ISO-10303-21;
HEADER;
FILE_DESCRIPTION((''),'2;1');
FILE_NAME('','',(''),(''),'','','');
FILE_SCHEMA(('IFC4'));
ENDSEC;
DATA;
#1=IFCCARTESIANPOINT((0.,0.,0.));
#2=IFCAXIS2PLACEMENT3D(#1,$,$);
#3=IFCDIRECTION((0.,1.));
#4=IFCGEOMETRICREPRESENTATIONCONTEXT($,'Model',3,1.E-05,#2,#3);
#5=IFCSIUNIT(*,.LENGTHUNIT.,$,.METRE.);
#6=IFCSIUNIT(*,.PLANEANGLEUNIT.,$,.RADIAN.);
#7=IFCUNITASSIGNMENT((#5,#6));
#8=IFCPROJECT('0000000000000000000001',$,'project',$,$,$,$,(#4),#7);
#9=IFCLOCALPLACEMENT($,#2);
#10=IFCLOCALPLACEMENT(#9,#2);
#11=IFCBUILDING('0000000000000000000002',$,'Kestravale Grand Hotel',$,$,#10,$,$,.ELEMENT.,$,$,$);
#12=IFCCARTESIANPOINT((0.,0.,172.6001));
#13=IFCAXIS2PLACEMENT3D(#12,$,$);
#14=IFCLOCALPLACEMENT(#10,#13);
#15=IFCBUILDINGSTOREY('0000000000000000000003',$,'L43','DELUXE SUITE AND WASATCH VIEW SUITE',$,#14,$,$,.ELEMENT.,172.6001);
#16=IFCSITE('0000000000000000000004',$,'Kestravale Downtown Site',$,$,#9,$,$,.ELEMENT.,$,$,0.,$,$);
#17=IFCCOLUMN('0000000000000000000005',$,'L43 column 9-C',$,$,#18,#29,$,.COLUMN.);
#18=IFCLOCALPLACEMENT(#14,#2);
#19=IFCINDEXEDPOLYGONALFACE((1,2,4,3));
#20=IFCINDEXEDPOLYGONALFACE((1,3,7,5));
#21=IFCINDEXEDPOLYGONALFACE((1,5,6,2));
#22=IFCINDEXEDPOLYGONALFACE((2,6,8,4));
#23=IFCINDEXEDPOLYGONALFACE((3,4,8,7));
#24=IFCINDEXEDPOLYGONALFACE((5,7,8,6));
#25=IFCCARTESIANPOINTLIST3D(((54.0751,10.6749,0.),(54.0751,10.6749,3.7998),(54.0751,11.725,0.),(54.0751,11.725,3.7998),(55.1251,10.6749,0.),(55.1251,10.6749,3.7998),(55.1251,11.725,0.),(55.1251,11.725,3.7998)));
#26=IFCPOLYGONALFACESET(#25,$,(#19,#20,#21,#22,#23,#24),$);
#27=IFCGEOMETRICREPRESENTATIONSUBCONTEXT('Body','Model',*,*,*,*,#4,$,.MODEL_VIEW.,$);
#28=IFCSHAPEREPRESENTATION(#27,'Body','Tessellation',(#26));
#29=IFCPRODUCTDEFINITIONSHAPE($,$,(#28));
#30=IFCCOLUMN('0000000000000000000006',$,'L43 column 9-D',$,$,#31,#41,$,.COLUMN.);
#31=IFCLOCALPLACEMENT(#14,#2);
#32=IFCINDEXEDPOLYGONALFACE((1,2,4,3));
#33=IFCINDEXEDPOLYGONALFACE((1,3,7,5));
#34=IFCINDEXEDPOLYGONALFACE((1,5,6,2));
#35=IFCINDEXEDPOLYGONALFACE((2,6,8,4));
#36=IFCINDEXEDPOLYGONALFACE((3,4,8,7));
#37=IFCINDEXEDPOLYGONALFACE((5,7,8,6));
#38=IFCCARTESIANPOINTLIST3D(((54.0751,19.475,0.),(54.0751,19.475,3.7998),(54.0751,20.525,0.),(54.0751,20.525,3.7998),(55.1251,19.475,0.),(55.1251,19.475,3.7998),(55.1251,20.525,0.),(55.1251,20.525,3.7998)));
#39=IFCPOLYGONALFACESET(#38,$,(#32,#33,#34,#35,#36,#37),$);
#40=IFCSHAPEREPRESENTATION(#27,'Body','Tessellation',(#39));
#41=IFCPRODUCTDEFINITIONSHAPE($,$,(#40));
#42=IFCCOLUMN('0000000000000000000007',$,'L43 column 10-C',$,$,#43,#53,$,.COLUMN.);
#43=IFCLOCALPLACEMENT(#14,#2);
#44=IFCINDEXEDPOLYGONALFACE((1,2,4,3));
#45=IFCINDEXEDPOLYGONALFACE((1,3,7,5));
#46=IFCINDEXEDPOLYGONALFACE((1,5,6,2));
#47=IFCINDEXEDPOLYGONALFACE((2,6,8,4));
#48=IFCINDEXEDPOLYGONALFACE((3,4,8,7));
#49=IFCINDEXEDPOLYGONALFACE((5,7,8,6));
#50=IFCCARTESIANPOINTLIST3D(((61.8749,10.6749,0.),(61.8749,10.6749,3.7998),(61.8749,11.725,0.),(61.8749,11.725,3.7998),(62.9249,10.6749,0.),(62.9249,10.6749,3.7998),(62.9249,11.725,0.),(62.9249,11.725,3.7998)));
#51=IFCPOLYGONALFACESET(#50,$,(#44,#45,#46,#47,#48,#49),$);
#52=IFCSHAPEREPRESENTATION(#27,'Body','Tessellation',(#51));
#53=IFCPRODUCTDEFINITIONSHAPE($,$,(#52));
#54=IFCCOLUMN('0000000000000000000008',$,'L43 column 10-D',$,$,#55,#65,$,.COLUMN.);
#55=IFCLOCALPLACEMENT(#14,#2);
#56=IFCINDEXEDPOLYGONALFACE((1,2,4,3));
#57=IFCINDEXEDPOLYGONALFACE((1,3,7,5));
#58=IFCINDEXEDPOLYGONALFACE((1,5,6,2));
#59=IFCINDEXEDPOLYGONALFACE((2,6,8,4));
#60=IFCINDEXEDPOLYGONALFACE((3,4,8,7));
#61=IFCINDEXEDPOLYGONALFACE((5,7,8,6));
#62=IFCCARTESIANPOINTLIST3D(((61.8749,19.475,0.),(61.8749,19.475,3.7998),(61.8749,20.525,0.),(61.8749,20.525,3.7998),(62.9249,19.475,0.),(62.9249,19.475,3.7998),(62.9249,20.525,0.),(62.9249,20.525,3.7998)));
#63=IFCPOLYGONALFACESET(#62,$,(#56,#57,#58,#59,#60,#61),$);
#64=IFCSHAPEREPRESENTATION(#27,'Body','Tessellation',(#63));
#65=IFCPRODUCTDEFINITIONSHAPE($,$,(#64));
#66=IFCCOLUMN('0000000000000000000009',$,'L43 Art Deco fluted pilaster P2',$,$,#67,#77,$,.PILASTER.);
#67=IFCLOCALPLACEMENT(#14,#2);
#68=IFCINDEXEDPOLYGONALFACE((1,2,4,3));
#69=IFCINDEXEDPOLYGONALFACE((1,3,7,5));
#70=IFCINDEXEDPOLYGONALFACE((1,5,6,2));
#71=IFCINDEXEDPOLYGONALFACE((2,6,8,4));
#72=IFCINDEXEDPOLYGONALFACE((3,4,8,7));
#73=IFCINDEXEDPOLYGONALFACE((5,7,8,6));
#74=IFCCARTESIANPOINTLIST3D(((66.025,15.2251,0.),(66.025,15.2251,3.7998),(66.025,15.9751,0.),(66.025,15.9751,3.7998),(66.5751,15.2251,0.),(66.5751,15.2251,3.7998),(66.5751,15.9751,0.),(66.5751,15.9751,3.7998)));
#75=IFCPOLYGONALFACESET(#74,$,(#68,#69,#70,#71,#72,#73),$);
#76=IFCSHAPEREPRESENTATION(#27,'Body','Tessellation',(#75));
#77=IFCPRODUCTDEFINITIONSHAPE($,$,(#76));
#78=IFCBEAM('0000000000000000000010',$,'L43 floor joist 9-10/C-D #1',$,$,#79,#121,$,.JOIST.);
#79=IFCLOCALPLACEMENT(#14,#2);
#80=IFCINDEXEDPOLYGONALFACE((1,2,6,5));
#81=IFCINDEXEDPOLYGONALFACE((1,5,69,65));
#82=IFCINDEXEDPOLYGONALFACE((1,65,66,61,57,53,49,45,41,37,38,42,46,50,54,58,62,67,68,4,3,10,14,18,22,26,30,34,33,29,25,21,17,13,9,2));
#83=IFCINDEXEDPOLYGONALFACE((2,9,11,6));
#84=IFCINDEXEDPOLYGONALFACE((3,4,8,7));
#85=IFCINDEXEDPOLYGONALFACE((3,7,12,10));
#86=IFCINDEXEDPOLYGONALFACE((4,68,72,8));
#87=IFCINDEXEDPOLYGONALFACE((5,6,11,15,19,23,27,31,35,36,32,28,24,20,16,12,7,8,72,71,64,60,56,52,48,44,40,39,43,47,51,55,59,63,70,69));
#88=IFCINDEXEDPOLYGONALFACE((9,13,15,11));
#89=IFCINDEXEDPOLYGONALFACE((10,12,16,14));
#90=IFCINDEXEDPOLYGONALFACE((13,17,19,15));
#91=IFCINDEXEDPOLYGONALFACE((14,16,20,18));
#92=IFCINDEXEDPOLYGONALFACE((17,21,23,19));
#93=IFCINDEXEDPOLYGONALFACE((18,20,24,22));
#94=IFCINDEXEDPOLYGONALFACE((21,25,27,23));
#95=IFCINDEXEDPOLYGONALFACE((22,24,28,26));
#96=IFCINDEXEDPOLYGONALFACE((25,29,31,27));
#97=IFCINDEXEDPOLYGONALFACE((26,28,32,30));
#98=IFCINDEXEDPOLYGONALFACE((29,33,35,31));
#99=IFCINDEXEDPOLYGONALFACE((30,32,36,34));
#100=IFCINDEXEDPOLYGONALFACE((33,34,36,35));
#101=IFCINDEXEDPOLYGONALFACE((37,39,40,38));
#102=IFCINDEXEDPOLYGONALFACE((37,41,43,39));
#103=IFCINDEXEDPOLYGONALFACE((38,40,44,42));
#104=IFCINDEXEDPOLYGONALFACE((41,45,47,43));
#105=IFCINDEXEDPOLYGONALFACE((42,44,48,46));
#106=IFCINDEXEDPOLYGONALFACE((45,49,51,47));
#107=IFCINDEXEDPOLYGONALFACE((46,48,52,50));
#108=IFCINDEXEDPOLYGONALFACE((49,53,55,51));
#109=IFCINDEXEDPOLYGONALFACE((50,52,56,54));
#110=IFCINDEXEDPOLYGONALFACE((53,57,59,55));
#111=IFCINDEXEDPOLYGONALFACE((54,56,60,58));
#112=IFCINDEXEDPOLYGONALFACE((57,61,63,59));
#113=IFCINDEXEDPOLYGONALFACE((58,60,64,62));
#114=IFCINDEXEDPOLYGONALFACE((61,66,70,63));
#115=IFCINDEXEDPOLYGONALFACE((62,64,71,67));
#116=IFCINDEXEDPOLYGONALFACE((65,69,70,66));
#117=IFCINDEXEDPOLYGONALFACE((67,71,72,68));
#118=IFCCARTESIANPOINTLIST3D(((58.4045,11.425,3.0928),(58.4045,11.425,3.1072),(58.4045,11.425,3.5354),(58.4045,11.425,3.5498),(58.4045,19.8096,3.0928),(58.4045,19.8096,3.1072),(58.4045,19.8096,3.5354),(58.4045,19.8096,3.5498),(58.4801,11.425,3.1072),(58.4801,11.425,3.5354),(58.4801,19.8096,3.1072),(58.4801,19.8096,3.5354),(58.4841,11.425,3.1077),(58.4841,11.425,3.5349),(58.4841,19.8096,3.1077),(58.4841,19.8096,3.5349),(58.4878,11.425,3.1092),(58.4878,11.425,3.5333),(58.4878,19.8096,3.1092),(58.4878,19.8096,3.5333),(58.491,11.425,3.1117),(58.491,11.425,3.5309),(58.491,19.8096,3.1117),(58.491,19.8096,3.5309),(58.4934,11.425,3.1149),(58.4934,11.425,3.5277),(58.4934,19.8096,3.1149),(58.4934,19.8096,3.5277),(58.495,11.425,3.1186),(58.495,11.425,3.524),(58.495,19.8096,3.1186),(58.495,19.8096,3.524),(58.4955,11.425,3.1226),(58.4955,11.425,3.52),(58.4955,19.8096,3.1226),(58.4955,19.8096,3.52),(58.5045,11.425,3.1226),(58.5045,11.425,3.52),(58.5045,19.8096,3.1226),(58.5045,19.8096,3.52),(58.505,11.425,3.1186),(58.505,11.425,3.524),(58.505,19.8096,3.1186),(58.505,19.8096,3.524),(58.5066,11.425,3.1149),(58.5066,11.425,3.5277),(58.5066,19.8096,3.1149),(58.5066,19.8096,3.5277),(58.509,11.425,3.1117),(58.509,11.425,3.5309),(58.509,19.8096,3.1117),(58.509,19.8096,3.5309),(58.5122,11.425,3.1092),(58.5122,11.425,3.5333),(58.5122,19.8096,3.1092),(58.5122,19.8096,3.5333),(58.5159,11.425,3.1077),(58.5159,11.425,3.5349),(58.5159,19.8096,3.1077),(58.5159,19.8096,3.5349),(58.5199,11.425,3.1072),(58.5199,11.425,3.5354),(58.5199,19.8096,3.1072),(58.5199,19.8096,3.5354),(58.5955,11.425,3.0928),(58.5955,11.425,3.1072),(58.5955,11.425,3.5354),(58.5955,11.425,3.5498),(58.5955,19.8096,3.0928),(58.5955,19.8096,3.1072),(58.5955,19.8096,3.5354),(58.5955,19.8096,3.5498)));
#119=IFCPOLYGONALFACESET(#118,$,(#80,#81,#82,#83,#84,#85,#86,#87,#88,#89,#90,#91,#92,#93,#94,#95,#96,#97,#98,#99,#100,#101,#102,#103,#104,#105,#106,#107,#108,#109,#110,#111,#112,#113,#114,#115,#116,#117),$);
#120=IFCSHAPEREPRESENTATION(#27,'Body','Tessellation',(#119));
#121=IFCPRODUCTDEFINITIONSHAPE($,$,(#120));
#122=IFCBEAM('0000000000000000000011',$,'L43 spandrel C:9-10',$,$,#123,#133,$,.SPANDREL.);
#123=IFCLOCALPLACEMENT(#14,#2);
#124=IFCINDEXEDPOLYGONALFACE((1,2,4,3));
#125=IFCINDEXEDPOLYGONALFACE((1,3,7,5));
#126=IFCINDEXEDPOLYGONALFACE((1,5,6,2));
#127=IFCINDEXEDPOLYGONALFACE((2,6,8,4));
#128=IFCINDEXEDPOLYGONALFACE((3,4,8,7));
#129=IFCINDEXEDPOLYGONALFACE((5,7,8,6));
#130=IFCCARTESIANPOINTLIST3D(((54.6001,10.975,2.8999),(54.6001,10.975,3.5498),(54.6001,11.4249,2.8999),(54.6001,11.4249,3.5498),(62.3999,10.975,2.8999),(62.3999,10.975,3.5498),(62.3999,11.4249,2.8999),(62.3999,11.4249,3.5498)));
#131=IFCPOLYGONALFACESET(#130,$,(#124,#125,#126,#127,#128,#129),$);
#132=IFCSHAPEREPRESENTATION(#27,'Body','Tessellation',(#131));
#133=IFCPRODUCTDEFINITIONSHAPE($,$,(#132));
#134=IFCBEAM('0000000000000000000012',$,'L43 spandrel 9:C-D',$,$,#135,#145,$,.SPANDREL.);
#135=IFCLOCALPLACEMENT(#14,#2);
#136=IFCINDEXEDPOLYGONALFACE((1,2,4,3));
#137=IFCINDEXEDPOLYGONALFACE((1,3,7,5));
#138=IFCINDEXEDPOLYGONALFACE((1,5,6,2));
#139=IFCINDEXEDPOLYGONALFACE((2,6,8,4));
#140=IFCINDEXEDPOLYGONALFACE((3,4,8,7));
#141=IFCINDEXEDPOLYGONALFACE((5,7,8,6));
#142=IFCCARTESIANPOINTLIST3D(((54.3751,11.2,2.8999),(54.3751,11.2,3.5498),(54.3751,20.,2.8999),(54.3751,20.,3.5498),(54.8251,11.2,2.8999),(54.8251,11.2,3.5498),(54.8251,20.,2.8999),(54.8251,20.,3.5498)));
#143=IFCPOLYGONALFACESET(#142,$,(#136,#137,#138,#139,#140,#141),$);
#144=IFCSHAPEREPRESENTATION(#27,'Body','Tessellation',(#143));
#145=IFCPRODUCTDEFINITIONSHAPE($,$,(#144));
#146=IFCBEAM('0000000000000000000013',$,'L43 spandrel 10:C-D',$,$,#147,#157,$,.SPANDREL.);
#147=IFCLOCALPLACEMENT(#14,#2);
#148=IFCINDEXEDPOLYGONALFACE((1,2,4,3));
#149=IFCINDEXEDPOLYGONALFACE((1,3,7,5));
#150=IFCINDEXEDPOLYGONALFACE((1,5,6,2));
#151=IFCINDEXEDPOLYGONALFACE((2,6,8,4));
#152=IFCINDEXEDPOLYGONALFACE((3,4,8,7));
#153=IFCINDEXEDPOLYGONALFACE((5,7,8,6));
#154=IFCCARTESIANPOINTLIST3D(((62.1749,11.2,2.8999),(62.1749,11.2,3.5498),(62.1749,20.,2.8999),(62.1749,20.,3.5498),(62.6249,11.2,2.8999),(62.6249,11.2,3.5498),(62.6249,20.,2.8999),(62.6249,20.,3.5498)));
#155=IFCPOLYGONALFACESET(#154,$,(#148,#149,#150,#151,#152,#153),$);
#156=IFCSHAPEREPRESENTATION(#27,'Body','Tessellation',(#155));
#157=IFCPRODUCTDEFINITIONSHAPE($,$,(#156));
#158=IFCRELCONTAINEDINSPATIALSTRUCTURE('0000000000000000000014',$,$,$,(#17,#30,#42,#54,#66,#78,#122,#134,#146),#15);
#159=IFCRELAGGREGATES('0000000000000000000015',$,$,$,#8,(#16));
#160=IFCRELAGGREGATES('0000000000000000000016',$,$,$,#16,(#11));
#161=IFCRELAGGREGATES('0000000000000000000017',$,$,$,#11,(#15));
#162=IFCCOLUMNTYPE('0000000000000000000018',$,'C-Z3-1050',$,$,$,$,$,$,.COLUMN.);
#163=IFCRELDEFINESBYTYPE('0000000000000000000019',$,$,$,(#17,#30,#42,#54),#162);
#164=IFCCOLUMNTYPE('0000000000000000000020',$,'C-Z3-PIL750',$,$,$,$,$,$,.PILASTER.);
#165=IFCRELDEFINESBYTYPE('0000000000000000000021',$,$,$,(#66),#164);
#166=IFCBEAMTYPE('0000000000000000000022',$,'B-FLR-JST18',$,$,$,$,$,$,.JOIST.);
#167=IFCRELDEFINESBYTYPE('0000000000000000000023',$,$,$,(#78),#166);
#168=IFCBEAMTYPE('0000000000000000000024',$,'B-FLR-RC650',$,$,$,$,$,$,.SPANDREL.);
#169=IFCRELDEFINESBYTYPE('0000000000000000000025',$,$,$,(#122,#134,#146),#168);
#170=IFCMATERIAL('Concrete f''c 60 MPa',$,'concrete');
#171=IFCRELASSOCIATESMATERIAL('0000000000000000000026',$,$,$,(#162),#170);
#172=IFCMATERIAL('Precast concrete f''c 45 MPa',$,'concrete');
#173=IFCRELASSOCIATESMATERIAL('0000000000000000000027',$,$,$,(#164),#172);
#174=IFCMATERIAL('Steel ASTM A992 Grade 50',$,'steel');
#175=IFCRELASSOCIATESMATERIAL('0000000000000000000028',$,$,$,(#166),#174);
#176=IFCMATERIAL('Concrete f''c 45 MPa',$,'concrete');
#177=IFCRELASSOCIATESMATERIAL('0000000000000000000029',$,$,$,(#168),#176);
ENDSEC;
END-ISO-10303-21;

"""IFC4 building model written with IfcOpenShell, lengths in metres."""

from ifc_helpers import new_model, si_unit, direction, frame, origin, origin_2d, place, context, subcontext, project, spatial, rectangle, i_section, extrude, material, material_profile, profile_set, type_object, element, save


model = new_model("IFC4")

# Units and contexts
model_context = context("Model", 3, precision=1e-05, world=origin(), true_north=direction((0.0, 1.0)))
body_context = subcontext(model_context, "Body", "Model", "MODEL_VIEW")
ifc_project = project(units=[si_unit("LENGTHUNIT", "METRE"), si_unit("PLANEANGLEUNIT", "RADIAN")], contexts=[model_context])

# Site, building, storey
site_placement = place(None, origin())
site = spatial("IfcSite", under=ifc_project, at=site_placement, Name="Kestravale Downtown Site", CompositionType="ELEMENT", RefElevation=0.0)
building_placement = place(site_placement, origin())
building = spatial("IfcBuilding", under=site, at=building_placement, Name="Kestravale Grand Hotel", CompositionType="ELEMENT")
storey_placement = place(building_placement, frame((0.0, 0.0, 172.6001)))
storey = spatial("IfcBuildingStorey", under=building, at=storey_placement, Name="L43", Description="DELUXE SUITE AND WASATCH VIEW SUITE", CompositionType="ELEMENT", Elevation=172.6001)

# Columns
ifc_material_1 = material(Name="Concrete f'c 60 MPa", Category="concrete")
ifc_material_profile_1 = material_profile(ifc_material_1, rectangle(XDim=1.05, YDim=1.05, at=origin_2d()))
ifc_profile_set_1 = profile_set([ifc_material_profile_1], Name="Concrete f'c 60 MPa")
column_type_1 = type_object("IfcColumnType", Name="C-Z3-1050", PredefinedType="COLUMN", material=ifc_profile_set_1)
for number, where, z_axis, x_axis, name in (
    (1, (54.6001, 11.2, 0.0), (0.0, 0.0, 1.0), (1.0, 0.0, 0.0), "L43 column 9-C"),
    (2, (54.6001, 20.0, 0.0), (0.0, 0.0, 1.0), (1.0, 0.0, 0.0), "L43 column 9-D"),
    (3, (62.3999, 11.2, 0.0), (0.0, 0.0, 1.0), (1.0, 0.0, 0.0), "L43 column 10-C"),
    (4, (62.3999, 20.0, 0.0), (0.0, 0.0, 1.0), (1.0, 0.0, 0.0), "L43 column 10-D"),
):
    element("IfcColumn", number, at=place(storey_placement, frame(where, z_axis=z_axis, x_axis=x_axis)), inside=storey, type_object=column_type_1, Name=name, PredefinedType="COLUMN", context=body_context, shape_type="SweptSolid", body=[
        extrude(rectangle(XDim=1.05, YDim=1.05, at=origin_2d()), origin(), (0.0, 0.0, 1.0), 3.7998),
    ])
ifc_material_2 = material(Name="Precast concrete f'c 45 MPa", Category="concrete")
ifc_material_profile_2 = material_profile(ifc_material_2, rectangle(XDim=0.55, YDim=0.75, at=origin_2d()))
ifc_profile_set_2 = profile_set([ifc_material_profile_2], Name="Precast concrete f'c 45 MPa")
column_type_2 = type_object("IfcColumnType", Name="C-Z3-PIL750", PredefinedType="PILASTER", material=ifc_profile_set_2)
column_placement = place(storey_placement, frame((66.3, 15.6001, 0.0), z_axis=(0.0, 0.0, 1.0), x_axis=(1.0, 0.0, 0.0)))
element("IfcColumn", 5, at=column_placement, inside=storey, type_object=column_type_2, Name="L43 Art Deco fluted pilaster P2", PredefinedType="PILASTER", context=body_context, shape_type="SweptSolid", body=[
    extrude(rectangle(XDim=0.55, YDim=0.75, at=origin_2d()), origin(), (0.0, 0.0, 1.0), 3.7998),
])

# Beams
ifc_material_3 = material(Name="Steel ASTM A992 Grade 50", Category="steel")
ifc_material_profile_3 = material_profile(ifc_material_3, i_section(OverallWidth=0.1909, OverallDepth=0.457, WebThickness=0.009, FlangeThickness=0.0144, FilletRadius=0.0154, at=origin_2d()))
ifc_profile_set_3 = profile_set([ifc_material_profile_3], Name="Steel ASTM A992 Grade 50")
beam_type_1 = type_object("IfcBeamType", Name="B-FLR-JST18", PredefinedType="JOIST", material=ifc_profile_set_3)
beam_1_placement = place(storey_placement, frame((58.5, 11.425, 3.3213), z_axis=(0.0, 1.0, 0.0), x_axis=(-1.0, 0.0, 0.0)))
element("IfcBeam", 6, at=beam_1_placement, inside=storey, type_object=beam_type_1, Name="L43 floor joist 9-10/C-D #1", PredefinedType="JOIST", context=body_context, shape_type="SweptSolid", body=[
    extrude(i_section(OverallWidth=0.1909, OverallDepth=0.457, WebThickness=0.009, FlangeThickness=0.0144, FilletRadius=0.0154, at=origin_2d()), origin(), (0.0, 0.0, 1.0), 8.3845),
])
ifc_material_4 = material(Name="Concrete f'c 45 MPa", Category="concrete")
ifc_material_profile_4 = material_profile(ifc_material_4, rectangle(XDim=0.45, YDim=0.6499, at=origin_2d()))
ifc_profile_set_4 = profile_set([ifc_material_profile_4], Name="Concrete f'c 45 MPa")
beam_type_2 = type_object("IfcBeamType", Name="B-FLR-RC650", PredefinedType="SPANDREL", material=ifc_profile_set_4)
beam_2_placement = place(storey_placement, frame((54.6001, 11.2, 3.2249), z_axis=(1.0, 0.0, 0.0), x_axis=(0.0, 1.0, 0.0)))
element("IfcBeam", 7, at=beam_2_placement, inside=storey, type_object=beam_type_2, Name="L43 spandrel C:9-10", PredefinedType="SPANDREL", context=body_context, shape_type="SweptSolid", body=[
    extrude(rectangle(XDim=0.45, YDim=0.6499, at=origin_2d()), origin(), (0.0, 0.0, 1.0), 7.7998),
])
for number, where, z_axis, x_axis, name in (
    (8, (54.6001, 11.2, 3.2249), (0.0, 1.0, 0.0), (-1.0, 0.0, 0.0), "L43 spandrel 9:C-D"),
    (9, (62.3999, 11.2, 3.2249), (0.0, 1.0, 0.0), (-1.0, 0.0, 0.0), "L43 spandrel 10:C-D"),
):
    element("IfcBeam", number, at=place(storey_placement, frame(where, z_axis=z_axis, x_axis=x_axis)), inside=storey, type_object=beam_type_2, Name=name, PredefinedType="SPANDREL", context=body_context, shape_type="SweptSolid", body=[
        extrude(rectangle(XDim=0.45, YDim=0.6499, at=origin_2d()), origin(), (0.0, 0.0, 1.0), 8.8),
    ])

save(model, "model.ifc")
